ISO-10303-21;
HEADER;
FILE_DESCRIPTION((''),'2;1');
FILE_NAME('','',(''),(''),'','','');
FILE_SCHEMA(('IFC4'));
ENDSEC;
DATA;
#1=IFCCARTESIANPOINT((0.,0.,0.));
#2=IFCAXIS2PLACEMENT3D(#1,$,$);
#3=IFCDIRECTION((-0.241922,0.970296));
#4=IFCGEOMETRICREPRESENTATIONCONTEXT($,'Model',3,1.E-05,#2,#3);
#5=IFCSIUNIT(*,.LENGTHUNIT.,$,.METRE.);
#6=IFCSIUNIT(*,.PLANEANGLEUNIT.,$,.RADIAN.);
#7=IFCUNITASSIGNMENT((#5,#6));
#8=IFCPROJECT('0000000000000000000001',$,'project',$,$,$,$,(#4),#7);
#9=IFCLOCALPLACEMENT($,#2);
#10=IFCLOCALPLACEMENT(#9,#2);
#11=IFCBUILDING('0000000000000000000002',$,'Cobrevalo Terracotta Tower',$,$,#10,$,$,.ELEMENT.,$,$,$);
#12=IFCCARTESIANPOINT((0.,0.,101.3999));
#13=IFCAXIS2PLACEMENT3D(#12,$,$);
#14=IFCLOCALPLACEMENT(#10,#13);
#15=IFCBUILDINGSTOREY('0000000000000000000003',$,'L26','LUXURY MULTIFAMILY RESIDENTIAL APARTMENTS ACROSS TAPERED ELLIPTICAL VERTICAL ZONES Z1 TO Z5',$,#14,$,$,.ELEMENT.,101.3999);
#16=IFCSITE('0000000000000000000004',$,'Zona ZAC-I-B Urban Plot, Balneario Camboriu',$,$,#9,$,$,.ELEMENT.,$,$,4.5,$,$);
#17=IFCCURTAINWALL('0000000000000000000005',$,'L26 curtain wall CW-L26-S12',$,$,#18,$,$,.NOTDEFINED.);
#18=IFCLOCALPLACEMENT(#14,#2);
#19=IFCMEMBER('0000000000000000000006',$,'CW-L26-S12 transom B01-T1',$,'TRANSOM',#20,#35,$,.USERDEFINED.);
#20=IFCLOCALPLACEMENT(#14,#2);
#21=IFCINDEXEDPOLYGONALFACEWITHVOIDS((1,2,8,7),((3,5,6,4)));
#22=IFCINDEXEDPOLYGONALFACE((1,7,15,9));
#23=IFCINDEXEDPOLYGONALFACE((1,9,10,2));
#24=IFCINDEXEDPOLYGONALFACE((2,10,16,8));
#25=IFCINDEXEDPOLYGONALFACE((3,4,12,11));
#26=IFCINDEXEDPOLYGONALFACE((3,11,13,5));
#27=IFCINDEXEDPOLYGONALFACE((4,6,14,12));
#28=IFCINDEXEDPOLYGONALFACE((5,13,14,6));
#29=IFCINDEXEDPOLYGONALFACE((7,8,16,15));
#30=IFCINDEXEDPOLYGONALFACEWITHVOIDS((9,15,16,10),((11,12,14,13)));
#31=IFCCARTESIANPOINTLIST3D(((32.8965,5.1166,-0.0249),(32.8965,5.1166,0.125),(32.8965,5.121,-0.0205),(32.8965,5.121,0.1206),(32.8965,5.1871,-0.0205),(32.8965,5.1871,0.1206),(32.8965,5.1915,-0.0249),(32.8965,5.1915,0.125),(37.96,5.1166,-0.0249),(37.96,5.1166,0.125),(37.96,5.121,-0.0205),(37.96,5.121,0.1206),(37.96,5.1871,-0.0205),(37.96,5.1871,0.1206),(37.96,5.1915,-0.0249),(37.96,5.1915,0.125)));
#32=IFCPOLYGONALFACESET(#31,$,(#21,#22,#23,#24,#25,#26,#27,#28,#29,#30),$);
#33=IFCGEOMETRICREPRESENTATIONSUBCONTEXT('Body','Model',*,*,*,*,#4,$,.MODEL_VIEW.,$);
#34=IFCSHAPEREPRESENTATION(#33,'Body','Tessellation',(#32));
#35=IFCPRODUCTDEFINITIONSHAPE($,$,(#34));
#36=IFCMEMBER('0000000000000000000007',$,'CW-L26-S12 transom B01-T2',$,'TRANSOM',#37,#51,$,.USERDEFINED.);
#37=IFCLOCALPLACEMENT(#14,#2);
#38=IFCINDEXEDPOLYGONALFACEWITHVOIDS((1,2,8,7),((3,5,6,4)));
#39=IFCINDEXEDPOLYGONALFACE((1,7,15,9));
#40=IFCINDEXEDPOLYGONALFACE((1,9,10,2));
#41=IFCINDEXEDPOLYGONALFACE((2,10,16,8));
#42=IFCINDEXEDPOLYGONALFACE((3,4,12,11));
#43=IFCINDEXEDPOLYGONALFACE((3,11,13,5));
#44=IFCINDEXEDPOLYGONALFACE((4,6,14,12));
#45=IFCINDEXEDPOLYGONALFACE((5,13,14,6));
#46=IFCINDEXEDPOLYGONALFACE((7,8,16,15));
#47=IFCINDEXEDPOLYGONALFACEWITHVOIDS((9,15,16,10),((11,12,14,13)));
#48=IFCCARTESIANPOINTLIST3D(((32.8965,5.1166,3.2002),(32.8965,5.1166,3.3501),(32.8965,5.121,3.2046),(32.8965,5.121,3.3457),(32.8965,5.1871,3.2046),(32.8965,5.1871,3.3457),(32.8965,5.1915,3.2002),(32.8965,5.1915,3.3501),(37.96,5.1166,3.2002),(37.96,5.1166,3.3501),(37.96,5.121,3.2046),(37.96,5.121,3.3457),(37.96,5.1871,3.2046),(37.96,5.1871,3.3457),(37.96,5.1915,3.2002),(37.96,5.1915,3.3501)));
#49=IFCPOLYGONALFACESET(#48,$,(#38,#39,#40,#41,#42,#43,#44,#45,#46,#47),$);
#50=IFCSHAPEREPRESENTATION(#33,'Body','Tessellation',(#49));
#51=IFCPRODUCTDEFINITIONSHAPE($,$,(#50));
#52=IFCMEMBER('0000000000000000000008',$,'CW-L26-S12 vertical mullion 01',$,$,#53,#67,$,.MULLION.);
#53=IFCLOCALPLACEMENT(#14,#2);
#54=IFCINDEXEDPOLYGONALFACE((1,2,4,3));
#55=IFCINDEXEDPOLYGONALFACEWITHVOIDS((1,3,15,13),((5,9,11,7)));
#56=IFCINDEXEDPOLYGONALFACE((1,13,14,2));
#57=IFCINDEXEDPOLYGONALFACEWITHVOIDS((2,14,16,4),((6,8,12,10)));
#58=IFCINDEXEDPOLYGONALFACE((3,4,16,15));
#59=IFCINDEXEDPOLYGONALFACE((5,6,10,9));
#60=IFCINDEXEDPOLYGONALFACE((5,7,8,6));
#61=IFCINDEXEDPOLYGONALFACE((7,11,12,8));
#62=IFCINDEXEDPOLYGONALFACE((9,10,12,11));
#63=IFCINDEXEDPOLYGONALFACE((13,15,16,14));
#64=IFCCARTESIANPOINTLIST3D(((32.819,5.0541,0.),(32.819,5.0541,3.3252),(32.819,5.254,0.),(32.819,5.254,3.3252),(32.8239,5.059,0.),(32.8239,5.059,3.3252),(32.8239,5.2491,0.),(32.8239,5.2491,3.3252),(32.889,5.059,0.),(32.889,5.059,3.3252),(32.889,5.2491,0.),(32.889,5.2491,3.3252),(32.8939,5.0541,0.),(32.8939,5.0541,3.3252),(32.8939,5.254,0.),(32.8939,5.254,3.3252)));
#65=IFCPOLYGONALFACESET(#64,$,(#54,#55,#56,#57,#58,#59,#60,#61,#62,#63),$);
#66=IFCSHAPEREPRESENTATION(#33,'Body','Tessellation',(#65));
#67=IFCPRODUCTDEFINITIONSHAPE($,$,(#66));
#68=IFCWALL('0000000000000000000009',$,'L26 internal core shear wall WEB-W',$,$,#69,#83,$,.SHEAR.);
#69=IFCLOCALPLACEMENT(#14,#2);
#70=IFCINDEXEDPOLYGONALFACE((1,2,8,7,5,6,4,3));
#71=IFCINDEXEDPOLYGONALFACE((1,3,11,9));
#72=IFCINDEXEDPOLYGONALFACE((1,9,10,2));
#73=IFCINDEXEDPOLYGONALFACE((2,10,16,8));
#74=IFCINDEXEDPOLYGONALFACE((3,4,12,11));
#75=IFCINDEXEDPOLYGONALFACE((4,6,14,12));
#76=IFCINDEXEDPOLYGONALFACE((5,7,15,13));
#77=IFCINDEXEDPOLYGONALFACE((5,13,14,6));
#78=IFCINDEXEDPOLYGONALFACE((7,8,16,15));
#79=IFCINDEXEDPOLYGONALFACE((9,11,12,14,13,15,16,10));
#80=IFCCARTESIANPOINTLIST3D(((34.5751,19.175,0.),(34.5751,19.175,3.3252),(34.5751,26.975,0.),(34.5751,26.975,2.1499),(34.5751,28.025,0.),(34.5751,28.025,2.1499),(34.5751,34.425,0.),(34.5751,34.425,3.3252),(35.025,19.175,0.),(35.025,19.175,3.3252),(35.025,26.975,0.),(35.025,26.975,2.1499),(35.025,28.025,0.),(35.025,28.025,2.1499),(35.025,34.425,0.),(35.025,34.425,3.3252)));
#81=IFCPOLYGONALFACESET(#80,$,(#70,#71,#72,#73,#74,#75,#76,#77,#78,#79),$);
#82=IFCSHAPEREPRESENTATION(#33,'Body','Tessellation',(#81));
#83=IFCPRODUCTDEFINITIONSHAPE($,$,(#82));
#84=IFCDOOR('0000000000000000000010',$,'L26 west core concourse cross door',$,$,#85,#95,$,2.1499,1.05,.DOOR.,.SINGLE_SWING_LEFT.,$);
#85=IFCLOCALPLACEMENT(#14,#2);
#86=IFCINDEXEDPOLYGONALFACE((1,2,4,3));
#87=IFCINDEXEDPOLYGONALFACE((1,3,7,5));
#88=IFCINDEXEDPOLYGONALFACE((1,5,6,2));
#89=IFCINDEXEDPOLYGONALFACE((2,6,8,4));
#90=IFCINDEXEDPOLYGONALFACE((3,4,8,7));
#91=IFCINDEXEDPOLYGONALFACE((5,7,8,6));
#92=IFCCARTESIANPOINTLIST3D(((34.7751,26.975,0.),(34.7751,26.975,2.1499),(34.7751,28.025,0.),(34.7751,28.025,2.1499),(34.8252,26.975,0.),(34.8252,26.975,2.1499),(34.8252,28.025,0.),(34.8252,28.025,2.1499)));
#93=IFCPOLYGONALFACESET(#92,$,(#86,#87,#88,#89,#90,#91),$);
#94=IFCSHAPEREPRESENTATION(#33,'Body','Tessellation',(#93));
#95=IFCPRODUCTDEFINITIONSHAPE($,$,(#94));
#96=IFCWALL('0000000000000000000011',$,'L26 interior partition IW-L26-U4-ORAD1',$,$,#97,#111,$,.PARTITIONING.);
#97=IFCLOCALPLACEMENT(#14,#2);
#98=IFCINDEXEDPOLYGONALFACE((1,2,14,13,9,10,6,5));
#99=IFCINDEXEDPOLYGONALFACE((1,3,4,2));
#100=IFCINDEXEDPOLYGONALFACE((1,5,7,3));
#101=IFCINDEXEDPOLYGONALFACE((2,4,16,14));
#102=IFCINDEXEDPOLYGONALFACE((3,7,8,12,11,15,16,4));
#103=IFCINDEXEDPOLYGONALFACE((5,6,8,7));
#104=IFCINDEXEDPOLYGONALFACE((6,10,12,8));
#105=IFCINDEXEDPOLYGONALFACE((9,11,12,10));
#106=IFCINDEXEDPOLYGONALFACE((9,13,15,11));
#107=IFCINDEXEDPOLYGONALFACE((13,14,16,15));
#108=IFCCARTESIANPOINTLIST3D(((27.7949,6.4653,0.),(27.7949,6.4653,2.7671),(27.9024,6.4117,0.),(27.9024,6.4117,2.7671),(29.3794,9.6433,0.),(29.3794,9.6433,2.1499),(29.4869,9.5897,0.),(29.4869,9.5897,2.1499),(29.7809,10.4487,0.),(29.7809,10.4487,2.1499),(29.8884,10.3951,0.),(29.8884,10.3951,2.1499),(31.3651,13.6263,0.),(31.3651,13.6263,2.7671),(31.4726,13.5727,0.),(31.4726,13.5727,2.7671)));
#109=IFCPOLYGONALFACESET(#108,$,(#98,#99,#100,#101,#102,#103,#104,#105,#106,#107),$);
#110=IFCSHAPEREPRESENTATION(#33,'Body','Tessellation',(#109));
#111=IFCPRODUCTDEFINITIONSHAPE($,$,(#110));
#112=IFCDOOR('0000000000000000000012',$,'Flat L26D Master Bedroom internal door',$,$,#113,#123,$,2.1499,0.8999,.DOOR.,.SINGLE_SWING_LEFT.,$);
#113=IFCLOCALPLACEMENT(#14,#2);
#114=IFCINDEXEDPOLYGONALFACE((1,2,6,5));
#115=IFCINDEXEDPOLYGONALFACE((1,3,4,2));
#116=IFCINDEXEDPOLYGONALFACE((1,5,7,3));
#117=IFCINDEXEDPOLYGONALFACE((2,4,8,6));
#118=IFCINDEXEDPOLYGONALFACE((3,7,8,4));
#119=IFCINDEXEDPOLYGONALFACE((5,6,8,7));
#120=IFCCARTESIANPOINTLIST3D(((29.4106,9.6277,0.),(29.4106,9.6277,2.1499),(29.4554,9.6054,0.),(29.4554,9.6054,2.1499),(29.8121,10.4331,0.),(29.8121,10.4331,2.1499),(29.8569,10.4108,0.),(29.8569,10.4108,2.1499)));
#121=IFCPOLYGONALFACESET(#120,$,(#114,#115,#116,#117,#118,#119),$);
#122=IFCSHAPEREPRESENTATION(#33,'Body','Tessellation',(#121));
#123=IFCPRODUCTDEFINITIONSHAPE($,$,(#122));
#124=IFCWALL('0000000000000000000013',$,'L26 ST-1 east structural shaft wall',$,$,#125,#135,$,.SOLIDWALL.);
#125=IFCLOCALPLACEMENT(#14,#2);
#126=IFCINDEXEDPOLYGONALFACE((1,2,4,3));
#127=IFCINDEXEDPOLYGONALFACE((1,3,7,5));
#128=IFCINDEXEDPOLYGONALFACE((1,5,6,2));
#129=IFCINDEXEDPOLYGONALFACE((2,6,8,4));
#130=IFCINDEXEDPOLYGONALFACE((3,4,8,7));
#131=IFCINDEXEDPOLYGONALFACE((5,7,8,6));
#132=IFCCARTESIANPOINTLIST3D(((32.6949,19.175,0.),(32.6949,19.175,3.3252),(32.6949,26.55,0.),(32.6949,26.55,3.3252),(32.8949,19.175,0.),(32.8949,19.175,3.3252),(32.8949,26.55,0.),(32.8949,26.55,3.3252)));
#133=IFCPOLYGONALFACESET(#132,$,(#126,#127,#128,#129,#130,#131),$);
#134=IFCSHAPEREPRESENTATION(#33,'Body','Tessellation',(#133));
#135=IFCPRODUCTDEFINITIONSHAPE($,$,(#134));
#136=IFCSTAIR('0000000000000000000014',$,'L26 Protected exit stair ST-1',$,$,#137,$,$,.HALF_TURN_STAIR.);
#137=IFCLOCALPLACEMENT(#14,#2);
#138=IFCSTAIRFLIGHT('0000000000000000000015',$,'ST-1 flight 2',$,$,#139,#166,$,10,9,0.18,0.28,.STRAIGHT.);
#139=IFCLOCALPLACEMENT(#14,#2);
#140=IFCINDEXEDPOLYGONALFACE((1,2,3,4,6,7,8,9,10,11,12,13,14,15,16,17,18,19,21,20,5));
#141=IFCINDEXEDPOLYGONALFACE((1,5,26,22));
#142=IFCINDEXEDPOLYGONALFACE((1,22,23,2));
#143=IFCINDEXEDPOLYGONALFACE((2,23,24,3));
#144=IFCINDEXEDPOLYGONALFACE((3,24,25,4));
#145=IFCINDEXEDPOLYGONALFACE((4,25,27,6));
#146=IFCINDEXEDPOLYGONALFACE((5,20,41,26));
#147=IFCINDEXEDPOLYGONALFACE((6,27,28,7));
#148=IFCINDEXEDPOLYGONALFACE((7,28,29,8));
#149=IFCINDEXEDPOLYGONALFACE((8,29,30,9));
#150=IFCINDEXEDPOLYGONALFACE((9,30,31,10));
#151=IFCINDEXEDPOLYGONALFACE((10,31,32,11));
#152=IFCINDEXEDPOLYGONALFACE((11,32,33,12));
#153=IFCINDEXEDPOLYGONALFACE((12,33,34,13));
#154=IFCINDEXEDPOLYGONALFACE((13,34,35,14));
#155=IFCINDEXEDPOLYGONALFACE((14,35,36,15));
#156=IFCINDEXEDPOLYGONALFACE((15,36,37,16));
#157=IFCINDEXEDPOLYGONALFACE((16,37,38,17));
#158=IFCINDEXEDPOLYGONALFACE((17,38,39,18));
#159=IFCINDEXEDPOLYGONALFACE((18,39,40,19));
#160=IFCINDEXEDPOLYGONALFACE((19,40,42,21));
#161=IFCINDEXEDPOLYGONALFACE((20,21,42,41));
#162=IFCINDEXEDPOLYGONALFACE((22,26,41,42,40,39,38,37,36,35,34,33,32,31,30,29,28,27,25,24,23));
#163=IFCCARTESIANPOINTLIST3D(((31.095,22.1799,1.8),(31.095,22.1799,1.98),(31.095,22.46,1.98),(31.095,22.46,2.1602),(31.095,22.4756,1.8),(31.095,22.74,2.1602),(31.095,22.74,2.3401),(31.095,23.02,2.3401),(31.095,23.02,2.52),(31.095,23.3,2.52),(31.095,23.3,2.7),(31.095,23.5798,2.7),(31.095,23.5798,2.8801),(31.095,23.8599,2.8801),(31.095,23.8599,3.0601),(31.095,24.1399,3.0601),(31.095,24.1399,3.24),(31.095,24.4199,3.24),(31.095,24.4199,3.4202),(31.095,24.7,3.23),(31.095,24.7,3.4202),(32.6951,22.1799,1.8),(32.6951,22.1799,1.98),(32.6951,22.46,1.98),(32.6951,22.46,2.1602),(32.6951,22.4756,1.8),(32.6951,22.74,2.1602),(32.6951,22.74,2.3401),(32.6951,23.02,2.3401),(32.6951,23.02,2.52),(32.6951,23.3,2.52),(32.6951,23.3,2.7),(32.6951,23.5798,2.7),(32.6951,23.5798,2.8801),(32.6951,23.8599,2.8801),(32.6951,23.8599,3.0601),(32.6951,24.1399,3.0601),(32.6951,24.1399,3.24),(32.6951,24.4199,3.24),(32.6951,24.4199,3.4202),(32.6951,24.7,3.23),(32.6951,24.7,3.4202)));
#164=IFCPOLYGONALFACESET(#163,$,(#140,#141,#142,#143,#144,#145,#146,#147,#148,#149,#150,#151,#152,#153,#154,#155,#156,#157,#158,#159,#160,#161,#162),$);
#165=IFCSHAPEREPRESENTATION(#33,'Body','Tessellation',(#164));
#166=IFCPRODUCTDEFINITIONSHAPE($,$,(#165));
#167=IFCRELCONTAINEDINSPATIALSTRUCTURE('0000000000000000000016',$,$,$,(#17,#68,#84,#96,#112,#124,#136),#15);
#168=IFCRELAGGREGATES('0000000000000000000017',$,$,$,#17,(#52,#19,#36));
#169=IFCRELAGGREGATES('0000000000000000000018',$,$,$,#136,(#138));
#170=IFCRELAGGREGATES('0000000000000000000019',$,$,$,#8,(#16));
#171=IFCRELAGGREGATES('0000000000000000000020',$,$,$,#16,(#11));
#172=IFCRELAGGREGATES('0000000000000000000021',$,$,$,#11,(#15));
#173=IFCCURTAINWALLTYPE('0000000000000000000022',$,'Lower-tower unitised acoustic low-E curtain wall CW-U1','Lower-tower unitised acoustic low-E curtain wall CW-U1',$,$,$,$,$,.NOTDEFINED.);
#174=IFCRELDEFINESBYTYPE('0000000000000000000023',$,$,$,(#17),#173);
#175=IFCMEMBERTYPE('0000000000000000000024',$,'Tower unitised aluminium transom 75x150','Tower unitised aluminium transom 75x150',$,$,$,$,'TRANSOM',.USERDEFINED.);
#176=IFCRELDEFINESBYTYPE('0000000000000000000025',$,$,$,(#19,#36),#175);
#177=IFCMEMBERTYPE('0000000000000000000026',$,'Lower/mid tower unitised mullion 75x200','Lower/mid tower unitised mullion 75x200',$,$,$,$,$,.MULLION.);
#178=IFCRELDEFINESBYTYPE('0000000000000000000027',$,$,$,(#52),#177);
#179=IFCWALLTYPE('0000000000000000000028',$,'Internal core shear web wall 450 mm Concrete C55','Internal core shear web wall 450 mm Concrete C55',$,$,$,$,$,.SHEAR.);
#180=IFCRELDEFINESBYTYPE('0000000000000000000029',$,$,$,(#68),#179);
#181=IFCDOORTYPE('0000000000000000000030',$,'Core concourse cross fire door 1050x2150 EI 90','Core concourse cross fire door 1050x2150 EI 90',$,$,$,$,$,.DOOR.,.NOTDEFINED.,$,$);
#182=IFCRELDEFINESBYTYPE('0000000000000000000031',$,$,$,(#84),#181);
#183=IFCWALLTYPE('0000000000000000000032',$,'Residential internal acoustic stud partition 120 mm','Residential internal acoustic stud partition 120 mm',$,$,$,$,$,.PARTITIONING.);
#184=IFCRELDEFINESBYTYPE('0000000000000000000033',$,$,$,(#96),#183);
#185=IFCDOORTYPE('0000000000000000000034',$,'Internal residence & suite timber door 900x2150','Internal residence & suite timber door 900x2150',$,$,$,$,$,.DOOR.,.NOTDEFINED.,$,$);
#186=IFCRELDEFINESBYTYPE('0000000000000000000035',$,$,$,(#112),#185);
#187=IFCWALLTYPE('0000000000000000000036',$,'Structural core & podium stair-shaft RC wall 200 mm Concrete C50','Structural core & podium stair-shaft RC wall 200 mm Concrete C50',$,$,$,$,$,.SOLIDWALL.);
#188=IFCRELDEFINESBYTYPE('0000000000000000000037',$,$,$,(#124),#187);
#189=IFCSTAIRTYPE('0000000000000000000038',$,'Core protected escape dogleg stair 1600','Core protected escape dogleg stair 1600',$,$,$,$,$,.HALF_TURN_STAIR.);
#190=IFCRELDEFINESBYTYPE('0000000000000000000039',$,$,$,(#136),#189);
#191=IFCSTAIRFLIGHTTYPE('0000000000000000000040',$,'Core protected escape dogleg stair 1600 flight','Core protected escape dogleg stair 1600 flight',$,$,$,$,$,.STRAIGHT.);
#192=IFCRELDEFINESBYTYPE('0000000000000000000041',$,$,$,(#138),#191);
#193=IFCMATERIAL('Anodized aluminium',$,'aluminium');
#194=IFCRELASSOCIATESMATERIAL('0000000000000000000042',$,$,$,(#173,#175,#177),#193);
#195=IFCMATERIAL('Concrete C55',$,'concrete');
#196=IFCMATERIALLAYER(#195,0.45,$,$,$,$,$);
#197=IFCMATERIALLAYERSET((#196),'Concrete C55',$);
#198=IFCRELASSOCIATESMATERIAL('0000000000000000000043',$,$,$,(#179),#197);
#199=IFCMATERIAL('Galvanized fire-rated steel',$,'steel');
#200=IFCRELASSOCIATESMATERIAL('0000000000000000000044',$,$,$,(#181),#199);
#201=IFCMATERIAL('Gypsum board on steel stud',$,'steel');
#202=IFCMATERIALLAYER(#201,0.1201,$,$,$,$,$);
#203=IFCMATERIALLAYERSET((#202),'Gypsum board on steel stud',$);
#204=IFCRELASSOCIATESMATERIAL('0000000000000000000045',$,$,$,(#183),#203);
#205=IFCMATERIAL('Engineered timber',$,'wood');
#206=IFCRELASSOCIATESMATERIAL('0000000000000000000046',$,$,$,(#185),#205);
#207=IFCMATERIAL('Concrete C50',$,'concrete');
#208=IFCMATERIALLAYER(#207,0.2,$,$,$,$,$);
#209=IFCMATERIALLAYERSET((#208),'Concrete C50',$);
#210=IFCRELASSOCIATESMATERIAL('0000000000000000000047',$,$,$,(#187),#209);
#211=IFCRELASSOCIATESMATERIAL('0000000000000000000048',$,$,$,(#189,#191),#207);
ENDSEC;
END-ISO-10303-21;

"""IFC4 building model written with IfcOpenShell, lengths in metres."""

from ifc_helpers import new_model, si_unit, direction, frame, frame_2d, origin, origin_2d, place, context, subcontext, project, spatial, polyline, rectangle, hollow_rectangle, outline, extrude, source, transform, mapped, material, layer, layer_set, material_profile, profile_set, type_object, element, fill, aggregate, save


model = new_model("IFC4")

# Units and contexts
model_context = context("Model", 3, precision=1e-05, world=origin(), true_north=direction((-0.241922, 0.970296)))
body_context = subcontext(model_context, "Body", "Model", "MODEL_VIEW")
ifc_project = project(units=[si_unit("LENGTHUNIT", "METRE"), si_unit("PLANEANGLEUNIT", "RADIAN")], contexts=[model_context])

# Site, building, storey
site_placement = place(None, origin())
site = spatial("IfcSite", under=ifc_project, at=site_placement, Name="Zona ZAC-I-B Urban Plot, Balneario Camboriu", CompositionType="ELEMENT", RefElevation=4.5)
building_placement = place(site_placement, origin())
building = spatial("IfcBuilding", under=site, at=building_placement, Name="Cobrevalo Terracotta Tower", CompositionType="ELEMENT")
storey_placement = place(building_placement, frame((0.0, 0.0, 101.3999)))
storey = spatial("IfcBuildingStorey", under=building, at=storey_placement, Name="L26", Description="LUXURY MULTIFAMILY RESIDENTIAL APARTMENTS ACROSS TAPERED ELLIPTICAL VERTICAL ZONES Z1 TO Z5", CompositionType="ELEMENT", Elevation=101.3999)

# Curtain wall, members
ifc_material_1 = material(Name="Anodized aluminium", Category="aluminium")
curtain_wall_type = type_object("IfcCurtainWallType", Name="Lower-tower unitised acoustic low-E curtain wall CW-U1", Description="Lower-tower unitised acoustic low-E curtain wall CW-U1", PredefinedType="NOTDEFINED", material=ifc_material_1)
curtain_wall_placement = place(storey_placement, origin())
curtain_wall = element("IfcCurtainWall", 1, at=curtain_wall_placement, inside=storey, type_object=curtain_wall_type, Name="L26 curtain wall CW-L26-S12", PredefinedType="NOTDEFINED")
ifc_material_profile_1 = material_profile(ifc_material_1, hollow_rectangle(XDim=0.075, YDim=0.1499, WallThickness=0.0044, at=origin_2d()), Name="CWT 75x150")
ifc_profile_set_1 = profile_set([ifc_material_profile_1], Name="Anodized aluminium")
member_type_1 = type_object("IfcMemberType", Name="Tower unitised aluminium transom 75x150", Description="Tower unitised aluminium transom 75x150", ElementType="TRANSOM", PredefinedType="USERDEFINED", material=ifc_profile_set_1)
shared_shape_1 = source(origin(), body_context, "Body", "SweptSolid", [
    extrude(hollow_rectangle(XDim=0.075, YDim=0.1499, WallThickness=0.0044, at=origin_2d()), origin(), (0.0, 0.0, 1.0), 5.0635),
])
member_1_placement = place(storey_placement, frame((32.8965, 5.1541, 0.05), z_axis=(1.0, 0.0, 0.0), x_axis=(0.0, 1.0, 0.0)))
member_1 = element("IfcMember", 2, at=member_1_placement, type_object=member_type_1, Name="CW-L26-S12 transom B01-T1", ObjectType="TRANSOM", PredefinedType="USERDEFINED", context=body_context, shape_type="MappedRepresentation", body=[
    mapped(shared_shape_1, transform((0.0, 0.0, 0.0), scale=1.0)),
])
member_2_placement = place(storey_placement, frame((32.8965, 5.1541, 3.2751), z_axis=(1.0, 0.0, 0.0), x_axis=(0.0, 1.0, 0.0)))
member_2 = element("IfcMember", 3, at=member_2_placement, type_object=member_type_1, Name="CW-L26-S12 transom B01-T2", ObjectType="TRANSOM", PredefinedType="USERDEFINED", context=body_context, shape_type="MappedRepresentation", body=[
    mapped(shared_shape_1, transform((0.0, 0.0, 0.0), scale=1.0)),
])
ifc_material_profile_2 = material_profile(ifc_material_1, hollow_rectangle(XDim=0.075, YDim=0.2, WallThickness=0.0049, at=origin_2d()), Name="CWM 75x200")
ifc_profile_set_2 = profile_set([ifc_material_profile_2], Name="Anodized aluminium")
member_type_2 = type_object("IfcMemberType", Name="Lower/mid tower unitised mullion 75x200", Description="Lower/mid tower unitised mullion 75x200", PredefinedType="MULLION", material=ifc_profile_set_2)
shared_shape_2 = source(origin(), body_context, "Body", "SweptSolid", [
    extrude(hollow_rectangle(XDim=0.075, YDim=0.2, WallThickness=0.0049, at=origin_2d()), origin(), (0.0, 0.0, 1.0), 3.3252),
])
member_3_placement = place(storey_placement, frame((32.8564, 5.1541, 0.0), z_axis=(0.0, 0.0, 1.0), x_axis=(1.0, 0.0, 0.0)))
member_3 = element("IfcMember", 4, at=member_3_placement, type_object=member_type_2, Name="CW-L26-S12 vertical mullion 01", PredefinedType="MULLION", context=body_context, shape_type="MappedRepresentation", body=[
    mapped(shared_shape_2, transform((0.0, 0.0, 0.0), scale=1.0)),
])
aggregate(curtain_wall, [member_3, member_1, member_2])

# Walls, openings, doors
ifc_material_2 = material(Name="Concrete C55", Category="concrete")
ifc_layer_1 = layer(ifc_material_2, 0.45)
ifc_layer_set_1 = layer_set([ifc_layer_1], Name="Concrete C55")
wall_type_1 = type_object("IfcWallType", Name="Internal core shear web wall 450 mm Concrete C55", Description="Internal core shear web wall 450 mm Concrete C55", PredefinedType="SHEAR", material=ifc_layer_set_1)
wall_1_placement = place(storey_placement, frame((34.8, 19.175, 0.0), z_axis=(0.0, 0.0, 1.0), x_axis=(0.0, 1.0, 0.0)))
wall_1 = element("IfcWall", 5, at=wall_1_placement, inside=storey, type_object=wall_type_1, Name="L26 internal core shear wall WEB-W", PredefinedType="SHEAR", context=body_context, shape_type="SweptSolid", body=[
    extrude(rectangle(XDim=15.25, YDim=0.45, at=frame_2d((7.625, 0.0))), origin(), (0.0, 0.0, 1.0), 3.3252),
])
opening_1_placement = place(wall_1_placement, frame((7.8, 0.0, 0.0)))
opening_1 = element("IfcOpeningElement", 6, at=opening_1_placement, cuts=wall_1, PredefinedType="OPENING", context=body_context, shape_type="SweptSolid", body=[
    extrude(rectangle(XDim=1.05, YDim=2.1499, at=frame_2d((0.5249, 1.075))), frame((0.0, 0.2349, 0.0), z_axis=(0.0, -1.0, 0.0), x_axis=(1.0, 0.0, 0.0)), (0.0, 0.0, 1.0), 0.47),
])
ifc_material_3 = material(Name="Galvanized fire-rated steel", Category="steel")
door_type_1 = type_object("IfcDoorType", Name="Core concourse cross fire door 1050x2150 EI 90", Description="Core concourse cross fire door 1050x2150 EI 90", OperationType="NOTDEFINED", PredefinedType="DOOR", material=ifc_material_3)
shared_shape_3 = source(origin(), body_context, "Body", "SweptSolid", [
    extrude(rectangle(XDim=1.05, YDim=2.1499, at=frame_2d((0.5249, 1.075))), frame((0.0, 0.0249, 0.0), z_axis=(0.0, -1.0, 0.0), x_axis=(1.0, 0.0, 0.0)), (0.0, 0.0, 1.0), 0.05),
])
door_1_placement = place(opening_1_placement, origin())
door_1 = element("IfcDoor", 7, at=door_1_placement, inside=storey, type_object=door_type_1, Name="L26 west core concourse cross door", OperationType="SINGLE_SWING_LEFT", OverallHeight=2.1499, OverallWidth=1.05, PredefinedType="DOOR", context=body_context, shape_type="MappedRepresentation", body=[
    mapped(shared_shape_3, transform((0.0, 0.0, 0.0), scale=1.0)),
])
fill(opening_1, door_1)
ifc_material_4 = material(Name="Gypsum board on steel stud", Category="steel")
ifc_layer_2 = layer(ifc_material_4, 0.1201)
ifc_layer_set_2 = layer_set([ifc_layer_2], Name="Gypsum board on steel stud")
wall_type_2 = type_object("IfcWallType", Name="Residential internal acoustic stud partition 120 mm", Description="Residential internal acoustic stud partition 120 mm", PredefinedType="PARTITIONING", material=ifc_layer_set_2)
wall_2_placement = place(storey_placement, frame((31.4189, 13.5996, 0.0), z_axis=(0.0, 0.0, 1.0), x_axis=(-0.446188, -0.894939, 0.0)))
wall_2 = element("IfcWall", 8, at=wall_2_placement, inside=storey, type_object=wall_type_2, Name="L26 interior partition IW-L26-U4-ORAD1", PredefinedType="PARTITIONING", context=body_context, shape_type="SweptSolid", body=[
    extrude(rectangle(XDim=8.0017, YDim=0.1201, at=frame_2d((4.001, 0.0))), origin(), (0.0, 0.0, 1.0), 2.7671),
])
opening_2_placement = place(wall_2_placement, frame((3.5508, 0.0, 0.0)))
opening_2 = element("IfcOpeningElement", 9, at=opening_2_placement, cuts=wall_2, PredefinedType="OPENING", context=body_context, shape_type="SweptSolid", body=[
    extrude(rectangle(XDim=0.8999, YDim=2.1499, at=frame_2d((0.45, 1.075))), frame((0.0, 0.0701, 0.0), z_axis=(0.0, -1.0, 0.0), x_axis=(1.0, 0.0, 0.0)), (0.0, 0.0, 1.0), 0.1401),
])
ifc_material_5 = material(Name="Engineered timber", Category="wood")
door_type_2 = type_object("IfcDoorType", Name="Internal residence & suite timber door 900x2150", Description="Internal residence & suite timber door 900x2150", OperationType="NOTDEFINED", PredefinedType="DOOR", material=ifc_material_5)
shared_shape_4 = source(origin(), body_context, "Body", "SweptSolid", [
    extrude(rectangle(XDim=0.8999, YDim=2.1499, at=frame_2d((0.45, 1.075))), frame((0.0, 0.0249, 0.0), z_axis=(0.0, -1.0, 0.0), x_axis=(1.0, 0.0, 0.0)), (0.0, 0.0, 1.0), 0.05),
])
door_2_placement = place(opening_2_placement, origin())
door_2 = element("IfcDoor", 10, at=door_2_placement, inside=storey, type_object=door_type_2, Name="Flat L26D Master Bedroom internal door", OperationType="SINGLE_SWING_LEFT", OverallHeight=2.1499, OverallWidth=0.8999, PredefinedType="DOOR", context=body_context, shape_type="MappedRepresentation", body=[
    mapped(shared_shape_4, transform((0.0, 0.0, 0.0), scale=1.0)),
])
fill(opening_2, door_2)

# Wall
ifc_material_6 = material(Name="Concrete C50", Category="concrete")
ifc_layer_3 = layer(ifc_material_6, 0.2)
ifc_layer_set_3 = layer_set([ifc_layer_3], Name="Concrete C50")
wall_type_3 = type_object("IfcWallType", Name="Structural core & podium stair-shaft RC wall 200 mm Concrete C50", Description="Structural core & podium stair-shaft RC wall 200 mm Concrete C50", PredefinedType="SOLIDWALL", material=ifc_layer_set_3)
wall_3_placement = place(storey_placement, frame((32.7949, 19.175, 0.0), z_axis=(0.0, 0.0, 1.0), x_axis=(0.0, 1.0, 0.0)))
element("IfcWall", 11, at=wall_3_placement, inside=storey, type_object=wall_type_3, Name="L26 ST-1 east structural shaft wall", PredefinedType="SOLIDWALL", context=body_context, shape_type="SweptSolid", body=[
    extrude(rectangle(XDim=7.375, YDim=0.2, at=frame_2d((3.6875, 0.0))), origin(), (0.0, 0.0, 1.0), 3.3252),
])

# Stair, stair flight
stair_type = type_object("IfcStairType", Name="Core protected escape dogleg stair 1600", Description="Core protected escape dogleg stair 1600", PredefinedType="HALF_TURN_STAIR", material=ifc_material_6)
stair_placement = place(storey_placement, origin())
stair = element("IfcStair", 12, at=stair_placement, inside=storey, type_object=stair_type, Name="L26 Protected exit stair ST-1", PredefinedType="HALF_TURN_STAIR")
stair_flight_type = type_object("IfcStairFlightType", Name="Core protected escape dogleg stair 1600 flight", Description="Core protected escape dogleg stair 1600 flight", PredefinedType="STRAIGHT", material=ifc_material_6)
stair_flight_placement = place(storey_placement, frame((31.895, 22.1799, 1.8), z_axis=(0.0, 0.0, 1.0), x_axis=(0.0, 1.0, 0.0)))
stair_flight = element("IfcStairFlight", 13, at=stair_flight_placement, type_object=stair_flight_type, Name="ST-1 flight 2", NumberOfRisers=10, NumberOfTreads=9, PredefinedType="STRAIGHT", RiserHeight=0.18, TreadLength=0.28, context=body_context, shape_type="SweptSolid", body=[
    extrude(outline(polyline([(0.0, 0.0), (0.0, 0.1799), (0.28, 0.1799), (0.28, 0.3601), (0.5601, 0.3601), (0.5601, 0.54), (0.8401, 0.54), (0.8401, 0.72), (1.1201, 0.72), (1.1201, 0.8999), (1.3999, 0.8999), (1.3999, 1.0801), (1.6799, 1.0801), (1.6799, 1.26), (1.96, 1.26), (1.96, 1.4399), (2.24, 1.4399), (2.24, 1.6201), (2.52, 1.6201), (2.52, 1.8), (2.52, 1.4299), (0.2957, 0.0), (0.0, 0.0)])), frame((0.0, 0.8, 0.0), z_axis=(0.0, -1.0, 0.0), x_axis=(1.0, 0.0, 0.0)), (0.0, 0.0, 1.0), 1.6001),
])
aggregate(stair, [stair_flight])

save(model, "model.ifc")
